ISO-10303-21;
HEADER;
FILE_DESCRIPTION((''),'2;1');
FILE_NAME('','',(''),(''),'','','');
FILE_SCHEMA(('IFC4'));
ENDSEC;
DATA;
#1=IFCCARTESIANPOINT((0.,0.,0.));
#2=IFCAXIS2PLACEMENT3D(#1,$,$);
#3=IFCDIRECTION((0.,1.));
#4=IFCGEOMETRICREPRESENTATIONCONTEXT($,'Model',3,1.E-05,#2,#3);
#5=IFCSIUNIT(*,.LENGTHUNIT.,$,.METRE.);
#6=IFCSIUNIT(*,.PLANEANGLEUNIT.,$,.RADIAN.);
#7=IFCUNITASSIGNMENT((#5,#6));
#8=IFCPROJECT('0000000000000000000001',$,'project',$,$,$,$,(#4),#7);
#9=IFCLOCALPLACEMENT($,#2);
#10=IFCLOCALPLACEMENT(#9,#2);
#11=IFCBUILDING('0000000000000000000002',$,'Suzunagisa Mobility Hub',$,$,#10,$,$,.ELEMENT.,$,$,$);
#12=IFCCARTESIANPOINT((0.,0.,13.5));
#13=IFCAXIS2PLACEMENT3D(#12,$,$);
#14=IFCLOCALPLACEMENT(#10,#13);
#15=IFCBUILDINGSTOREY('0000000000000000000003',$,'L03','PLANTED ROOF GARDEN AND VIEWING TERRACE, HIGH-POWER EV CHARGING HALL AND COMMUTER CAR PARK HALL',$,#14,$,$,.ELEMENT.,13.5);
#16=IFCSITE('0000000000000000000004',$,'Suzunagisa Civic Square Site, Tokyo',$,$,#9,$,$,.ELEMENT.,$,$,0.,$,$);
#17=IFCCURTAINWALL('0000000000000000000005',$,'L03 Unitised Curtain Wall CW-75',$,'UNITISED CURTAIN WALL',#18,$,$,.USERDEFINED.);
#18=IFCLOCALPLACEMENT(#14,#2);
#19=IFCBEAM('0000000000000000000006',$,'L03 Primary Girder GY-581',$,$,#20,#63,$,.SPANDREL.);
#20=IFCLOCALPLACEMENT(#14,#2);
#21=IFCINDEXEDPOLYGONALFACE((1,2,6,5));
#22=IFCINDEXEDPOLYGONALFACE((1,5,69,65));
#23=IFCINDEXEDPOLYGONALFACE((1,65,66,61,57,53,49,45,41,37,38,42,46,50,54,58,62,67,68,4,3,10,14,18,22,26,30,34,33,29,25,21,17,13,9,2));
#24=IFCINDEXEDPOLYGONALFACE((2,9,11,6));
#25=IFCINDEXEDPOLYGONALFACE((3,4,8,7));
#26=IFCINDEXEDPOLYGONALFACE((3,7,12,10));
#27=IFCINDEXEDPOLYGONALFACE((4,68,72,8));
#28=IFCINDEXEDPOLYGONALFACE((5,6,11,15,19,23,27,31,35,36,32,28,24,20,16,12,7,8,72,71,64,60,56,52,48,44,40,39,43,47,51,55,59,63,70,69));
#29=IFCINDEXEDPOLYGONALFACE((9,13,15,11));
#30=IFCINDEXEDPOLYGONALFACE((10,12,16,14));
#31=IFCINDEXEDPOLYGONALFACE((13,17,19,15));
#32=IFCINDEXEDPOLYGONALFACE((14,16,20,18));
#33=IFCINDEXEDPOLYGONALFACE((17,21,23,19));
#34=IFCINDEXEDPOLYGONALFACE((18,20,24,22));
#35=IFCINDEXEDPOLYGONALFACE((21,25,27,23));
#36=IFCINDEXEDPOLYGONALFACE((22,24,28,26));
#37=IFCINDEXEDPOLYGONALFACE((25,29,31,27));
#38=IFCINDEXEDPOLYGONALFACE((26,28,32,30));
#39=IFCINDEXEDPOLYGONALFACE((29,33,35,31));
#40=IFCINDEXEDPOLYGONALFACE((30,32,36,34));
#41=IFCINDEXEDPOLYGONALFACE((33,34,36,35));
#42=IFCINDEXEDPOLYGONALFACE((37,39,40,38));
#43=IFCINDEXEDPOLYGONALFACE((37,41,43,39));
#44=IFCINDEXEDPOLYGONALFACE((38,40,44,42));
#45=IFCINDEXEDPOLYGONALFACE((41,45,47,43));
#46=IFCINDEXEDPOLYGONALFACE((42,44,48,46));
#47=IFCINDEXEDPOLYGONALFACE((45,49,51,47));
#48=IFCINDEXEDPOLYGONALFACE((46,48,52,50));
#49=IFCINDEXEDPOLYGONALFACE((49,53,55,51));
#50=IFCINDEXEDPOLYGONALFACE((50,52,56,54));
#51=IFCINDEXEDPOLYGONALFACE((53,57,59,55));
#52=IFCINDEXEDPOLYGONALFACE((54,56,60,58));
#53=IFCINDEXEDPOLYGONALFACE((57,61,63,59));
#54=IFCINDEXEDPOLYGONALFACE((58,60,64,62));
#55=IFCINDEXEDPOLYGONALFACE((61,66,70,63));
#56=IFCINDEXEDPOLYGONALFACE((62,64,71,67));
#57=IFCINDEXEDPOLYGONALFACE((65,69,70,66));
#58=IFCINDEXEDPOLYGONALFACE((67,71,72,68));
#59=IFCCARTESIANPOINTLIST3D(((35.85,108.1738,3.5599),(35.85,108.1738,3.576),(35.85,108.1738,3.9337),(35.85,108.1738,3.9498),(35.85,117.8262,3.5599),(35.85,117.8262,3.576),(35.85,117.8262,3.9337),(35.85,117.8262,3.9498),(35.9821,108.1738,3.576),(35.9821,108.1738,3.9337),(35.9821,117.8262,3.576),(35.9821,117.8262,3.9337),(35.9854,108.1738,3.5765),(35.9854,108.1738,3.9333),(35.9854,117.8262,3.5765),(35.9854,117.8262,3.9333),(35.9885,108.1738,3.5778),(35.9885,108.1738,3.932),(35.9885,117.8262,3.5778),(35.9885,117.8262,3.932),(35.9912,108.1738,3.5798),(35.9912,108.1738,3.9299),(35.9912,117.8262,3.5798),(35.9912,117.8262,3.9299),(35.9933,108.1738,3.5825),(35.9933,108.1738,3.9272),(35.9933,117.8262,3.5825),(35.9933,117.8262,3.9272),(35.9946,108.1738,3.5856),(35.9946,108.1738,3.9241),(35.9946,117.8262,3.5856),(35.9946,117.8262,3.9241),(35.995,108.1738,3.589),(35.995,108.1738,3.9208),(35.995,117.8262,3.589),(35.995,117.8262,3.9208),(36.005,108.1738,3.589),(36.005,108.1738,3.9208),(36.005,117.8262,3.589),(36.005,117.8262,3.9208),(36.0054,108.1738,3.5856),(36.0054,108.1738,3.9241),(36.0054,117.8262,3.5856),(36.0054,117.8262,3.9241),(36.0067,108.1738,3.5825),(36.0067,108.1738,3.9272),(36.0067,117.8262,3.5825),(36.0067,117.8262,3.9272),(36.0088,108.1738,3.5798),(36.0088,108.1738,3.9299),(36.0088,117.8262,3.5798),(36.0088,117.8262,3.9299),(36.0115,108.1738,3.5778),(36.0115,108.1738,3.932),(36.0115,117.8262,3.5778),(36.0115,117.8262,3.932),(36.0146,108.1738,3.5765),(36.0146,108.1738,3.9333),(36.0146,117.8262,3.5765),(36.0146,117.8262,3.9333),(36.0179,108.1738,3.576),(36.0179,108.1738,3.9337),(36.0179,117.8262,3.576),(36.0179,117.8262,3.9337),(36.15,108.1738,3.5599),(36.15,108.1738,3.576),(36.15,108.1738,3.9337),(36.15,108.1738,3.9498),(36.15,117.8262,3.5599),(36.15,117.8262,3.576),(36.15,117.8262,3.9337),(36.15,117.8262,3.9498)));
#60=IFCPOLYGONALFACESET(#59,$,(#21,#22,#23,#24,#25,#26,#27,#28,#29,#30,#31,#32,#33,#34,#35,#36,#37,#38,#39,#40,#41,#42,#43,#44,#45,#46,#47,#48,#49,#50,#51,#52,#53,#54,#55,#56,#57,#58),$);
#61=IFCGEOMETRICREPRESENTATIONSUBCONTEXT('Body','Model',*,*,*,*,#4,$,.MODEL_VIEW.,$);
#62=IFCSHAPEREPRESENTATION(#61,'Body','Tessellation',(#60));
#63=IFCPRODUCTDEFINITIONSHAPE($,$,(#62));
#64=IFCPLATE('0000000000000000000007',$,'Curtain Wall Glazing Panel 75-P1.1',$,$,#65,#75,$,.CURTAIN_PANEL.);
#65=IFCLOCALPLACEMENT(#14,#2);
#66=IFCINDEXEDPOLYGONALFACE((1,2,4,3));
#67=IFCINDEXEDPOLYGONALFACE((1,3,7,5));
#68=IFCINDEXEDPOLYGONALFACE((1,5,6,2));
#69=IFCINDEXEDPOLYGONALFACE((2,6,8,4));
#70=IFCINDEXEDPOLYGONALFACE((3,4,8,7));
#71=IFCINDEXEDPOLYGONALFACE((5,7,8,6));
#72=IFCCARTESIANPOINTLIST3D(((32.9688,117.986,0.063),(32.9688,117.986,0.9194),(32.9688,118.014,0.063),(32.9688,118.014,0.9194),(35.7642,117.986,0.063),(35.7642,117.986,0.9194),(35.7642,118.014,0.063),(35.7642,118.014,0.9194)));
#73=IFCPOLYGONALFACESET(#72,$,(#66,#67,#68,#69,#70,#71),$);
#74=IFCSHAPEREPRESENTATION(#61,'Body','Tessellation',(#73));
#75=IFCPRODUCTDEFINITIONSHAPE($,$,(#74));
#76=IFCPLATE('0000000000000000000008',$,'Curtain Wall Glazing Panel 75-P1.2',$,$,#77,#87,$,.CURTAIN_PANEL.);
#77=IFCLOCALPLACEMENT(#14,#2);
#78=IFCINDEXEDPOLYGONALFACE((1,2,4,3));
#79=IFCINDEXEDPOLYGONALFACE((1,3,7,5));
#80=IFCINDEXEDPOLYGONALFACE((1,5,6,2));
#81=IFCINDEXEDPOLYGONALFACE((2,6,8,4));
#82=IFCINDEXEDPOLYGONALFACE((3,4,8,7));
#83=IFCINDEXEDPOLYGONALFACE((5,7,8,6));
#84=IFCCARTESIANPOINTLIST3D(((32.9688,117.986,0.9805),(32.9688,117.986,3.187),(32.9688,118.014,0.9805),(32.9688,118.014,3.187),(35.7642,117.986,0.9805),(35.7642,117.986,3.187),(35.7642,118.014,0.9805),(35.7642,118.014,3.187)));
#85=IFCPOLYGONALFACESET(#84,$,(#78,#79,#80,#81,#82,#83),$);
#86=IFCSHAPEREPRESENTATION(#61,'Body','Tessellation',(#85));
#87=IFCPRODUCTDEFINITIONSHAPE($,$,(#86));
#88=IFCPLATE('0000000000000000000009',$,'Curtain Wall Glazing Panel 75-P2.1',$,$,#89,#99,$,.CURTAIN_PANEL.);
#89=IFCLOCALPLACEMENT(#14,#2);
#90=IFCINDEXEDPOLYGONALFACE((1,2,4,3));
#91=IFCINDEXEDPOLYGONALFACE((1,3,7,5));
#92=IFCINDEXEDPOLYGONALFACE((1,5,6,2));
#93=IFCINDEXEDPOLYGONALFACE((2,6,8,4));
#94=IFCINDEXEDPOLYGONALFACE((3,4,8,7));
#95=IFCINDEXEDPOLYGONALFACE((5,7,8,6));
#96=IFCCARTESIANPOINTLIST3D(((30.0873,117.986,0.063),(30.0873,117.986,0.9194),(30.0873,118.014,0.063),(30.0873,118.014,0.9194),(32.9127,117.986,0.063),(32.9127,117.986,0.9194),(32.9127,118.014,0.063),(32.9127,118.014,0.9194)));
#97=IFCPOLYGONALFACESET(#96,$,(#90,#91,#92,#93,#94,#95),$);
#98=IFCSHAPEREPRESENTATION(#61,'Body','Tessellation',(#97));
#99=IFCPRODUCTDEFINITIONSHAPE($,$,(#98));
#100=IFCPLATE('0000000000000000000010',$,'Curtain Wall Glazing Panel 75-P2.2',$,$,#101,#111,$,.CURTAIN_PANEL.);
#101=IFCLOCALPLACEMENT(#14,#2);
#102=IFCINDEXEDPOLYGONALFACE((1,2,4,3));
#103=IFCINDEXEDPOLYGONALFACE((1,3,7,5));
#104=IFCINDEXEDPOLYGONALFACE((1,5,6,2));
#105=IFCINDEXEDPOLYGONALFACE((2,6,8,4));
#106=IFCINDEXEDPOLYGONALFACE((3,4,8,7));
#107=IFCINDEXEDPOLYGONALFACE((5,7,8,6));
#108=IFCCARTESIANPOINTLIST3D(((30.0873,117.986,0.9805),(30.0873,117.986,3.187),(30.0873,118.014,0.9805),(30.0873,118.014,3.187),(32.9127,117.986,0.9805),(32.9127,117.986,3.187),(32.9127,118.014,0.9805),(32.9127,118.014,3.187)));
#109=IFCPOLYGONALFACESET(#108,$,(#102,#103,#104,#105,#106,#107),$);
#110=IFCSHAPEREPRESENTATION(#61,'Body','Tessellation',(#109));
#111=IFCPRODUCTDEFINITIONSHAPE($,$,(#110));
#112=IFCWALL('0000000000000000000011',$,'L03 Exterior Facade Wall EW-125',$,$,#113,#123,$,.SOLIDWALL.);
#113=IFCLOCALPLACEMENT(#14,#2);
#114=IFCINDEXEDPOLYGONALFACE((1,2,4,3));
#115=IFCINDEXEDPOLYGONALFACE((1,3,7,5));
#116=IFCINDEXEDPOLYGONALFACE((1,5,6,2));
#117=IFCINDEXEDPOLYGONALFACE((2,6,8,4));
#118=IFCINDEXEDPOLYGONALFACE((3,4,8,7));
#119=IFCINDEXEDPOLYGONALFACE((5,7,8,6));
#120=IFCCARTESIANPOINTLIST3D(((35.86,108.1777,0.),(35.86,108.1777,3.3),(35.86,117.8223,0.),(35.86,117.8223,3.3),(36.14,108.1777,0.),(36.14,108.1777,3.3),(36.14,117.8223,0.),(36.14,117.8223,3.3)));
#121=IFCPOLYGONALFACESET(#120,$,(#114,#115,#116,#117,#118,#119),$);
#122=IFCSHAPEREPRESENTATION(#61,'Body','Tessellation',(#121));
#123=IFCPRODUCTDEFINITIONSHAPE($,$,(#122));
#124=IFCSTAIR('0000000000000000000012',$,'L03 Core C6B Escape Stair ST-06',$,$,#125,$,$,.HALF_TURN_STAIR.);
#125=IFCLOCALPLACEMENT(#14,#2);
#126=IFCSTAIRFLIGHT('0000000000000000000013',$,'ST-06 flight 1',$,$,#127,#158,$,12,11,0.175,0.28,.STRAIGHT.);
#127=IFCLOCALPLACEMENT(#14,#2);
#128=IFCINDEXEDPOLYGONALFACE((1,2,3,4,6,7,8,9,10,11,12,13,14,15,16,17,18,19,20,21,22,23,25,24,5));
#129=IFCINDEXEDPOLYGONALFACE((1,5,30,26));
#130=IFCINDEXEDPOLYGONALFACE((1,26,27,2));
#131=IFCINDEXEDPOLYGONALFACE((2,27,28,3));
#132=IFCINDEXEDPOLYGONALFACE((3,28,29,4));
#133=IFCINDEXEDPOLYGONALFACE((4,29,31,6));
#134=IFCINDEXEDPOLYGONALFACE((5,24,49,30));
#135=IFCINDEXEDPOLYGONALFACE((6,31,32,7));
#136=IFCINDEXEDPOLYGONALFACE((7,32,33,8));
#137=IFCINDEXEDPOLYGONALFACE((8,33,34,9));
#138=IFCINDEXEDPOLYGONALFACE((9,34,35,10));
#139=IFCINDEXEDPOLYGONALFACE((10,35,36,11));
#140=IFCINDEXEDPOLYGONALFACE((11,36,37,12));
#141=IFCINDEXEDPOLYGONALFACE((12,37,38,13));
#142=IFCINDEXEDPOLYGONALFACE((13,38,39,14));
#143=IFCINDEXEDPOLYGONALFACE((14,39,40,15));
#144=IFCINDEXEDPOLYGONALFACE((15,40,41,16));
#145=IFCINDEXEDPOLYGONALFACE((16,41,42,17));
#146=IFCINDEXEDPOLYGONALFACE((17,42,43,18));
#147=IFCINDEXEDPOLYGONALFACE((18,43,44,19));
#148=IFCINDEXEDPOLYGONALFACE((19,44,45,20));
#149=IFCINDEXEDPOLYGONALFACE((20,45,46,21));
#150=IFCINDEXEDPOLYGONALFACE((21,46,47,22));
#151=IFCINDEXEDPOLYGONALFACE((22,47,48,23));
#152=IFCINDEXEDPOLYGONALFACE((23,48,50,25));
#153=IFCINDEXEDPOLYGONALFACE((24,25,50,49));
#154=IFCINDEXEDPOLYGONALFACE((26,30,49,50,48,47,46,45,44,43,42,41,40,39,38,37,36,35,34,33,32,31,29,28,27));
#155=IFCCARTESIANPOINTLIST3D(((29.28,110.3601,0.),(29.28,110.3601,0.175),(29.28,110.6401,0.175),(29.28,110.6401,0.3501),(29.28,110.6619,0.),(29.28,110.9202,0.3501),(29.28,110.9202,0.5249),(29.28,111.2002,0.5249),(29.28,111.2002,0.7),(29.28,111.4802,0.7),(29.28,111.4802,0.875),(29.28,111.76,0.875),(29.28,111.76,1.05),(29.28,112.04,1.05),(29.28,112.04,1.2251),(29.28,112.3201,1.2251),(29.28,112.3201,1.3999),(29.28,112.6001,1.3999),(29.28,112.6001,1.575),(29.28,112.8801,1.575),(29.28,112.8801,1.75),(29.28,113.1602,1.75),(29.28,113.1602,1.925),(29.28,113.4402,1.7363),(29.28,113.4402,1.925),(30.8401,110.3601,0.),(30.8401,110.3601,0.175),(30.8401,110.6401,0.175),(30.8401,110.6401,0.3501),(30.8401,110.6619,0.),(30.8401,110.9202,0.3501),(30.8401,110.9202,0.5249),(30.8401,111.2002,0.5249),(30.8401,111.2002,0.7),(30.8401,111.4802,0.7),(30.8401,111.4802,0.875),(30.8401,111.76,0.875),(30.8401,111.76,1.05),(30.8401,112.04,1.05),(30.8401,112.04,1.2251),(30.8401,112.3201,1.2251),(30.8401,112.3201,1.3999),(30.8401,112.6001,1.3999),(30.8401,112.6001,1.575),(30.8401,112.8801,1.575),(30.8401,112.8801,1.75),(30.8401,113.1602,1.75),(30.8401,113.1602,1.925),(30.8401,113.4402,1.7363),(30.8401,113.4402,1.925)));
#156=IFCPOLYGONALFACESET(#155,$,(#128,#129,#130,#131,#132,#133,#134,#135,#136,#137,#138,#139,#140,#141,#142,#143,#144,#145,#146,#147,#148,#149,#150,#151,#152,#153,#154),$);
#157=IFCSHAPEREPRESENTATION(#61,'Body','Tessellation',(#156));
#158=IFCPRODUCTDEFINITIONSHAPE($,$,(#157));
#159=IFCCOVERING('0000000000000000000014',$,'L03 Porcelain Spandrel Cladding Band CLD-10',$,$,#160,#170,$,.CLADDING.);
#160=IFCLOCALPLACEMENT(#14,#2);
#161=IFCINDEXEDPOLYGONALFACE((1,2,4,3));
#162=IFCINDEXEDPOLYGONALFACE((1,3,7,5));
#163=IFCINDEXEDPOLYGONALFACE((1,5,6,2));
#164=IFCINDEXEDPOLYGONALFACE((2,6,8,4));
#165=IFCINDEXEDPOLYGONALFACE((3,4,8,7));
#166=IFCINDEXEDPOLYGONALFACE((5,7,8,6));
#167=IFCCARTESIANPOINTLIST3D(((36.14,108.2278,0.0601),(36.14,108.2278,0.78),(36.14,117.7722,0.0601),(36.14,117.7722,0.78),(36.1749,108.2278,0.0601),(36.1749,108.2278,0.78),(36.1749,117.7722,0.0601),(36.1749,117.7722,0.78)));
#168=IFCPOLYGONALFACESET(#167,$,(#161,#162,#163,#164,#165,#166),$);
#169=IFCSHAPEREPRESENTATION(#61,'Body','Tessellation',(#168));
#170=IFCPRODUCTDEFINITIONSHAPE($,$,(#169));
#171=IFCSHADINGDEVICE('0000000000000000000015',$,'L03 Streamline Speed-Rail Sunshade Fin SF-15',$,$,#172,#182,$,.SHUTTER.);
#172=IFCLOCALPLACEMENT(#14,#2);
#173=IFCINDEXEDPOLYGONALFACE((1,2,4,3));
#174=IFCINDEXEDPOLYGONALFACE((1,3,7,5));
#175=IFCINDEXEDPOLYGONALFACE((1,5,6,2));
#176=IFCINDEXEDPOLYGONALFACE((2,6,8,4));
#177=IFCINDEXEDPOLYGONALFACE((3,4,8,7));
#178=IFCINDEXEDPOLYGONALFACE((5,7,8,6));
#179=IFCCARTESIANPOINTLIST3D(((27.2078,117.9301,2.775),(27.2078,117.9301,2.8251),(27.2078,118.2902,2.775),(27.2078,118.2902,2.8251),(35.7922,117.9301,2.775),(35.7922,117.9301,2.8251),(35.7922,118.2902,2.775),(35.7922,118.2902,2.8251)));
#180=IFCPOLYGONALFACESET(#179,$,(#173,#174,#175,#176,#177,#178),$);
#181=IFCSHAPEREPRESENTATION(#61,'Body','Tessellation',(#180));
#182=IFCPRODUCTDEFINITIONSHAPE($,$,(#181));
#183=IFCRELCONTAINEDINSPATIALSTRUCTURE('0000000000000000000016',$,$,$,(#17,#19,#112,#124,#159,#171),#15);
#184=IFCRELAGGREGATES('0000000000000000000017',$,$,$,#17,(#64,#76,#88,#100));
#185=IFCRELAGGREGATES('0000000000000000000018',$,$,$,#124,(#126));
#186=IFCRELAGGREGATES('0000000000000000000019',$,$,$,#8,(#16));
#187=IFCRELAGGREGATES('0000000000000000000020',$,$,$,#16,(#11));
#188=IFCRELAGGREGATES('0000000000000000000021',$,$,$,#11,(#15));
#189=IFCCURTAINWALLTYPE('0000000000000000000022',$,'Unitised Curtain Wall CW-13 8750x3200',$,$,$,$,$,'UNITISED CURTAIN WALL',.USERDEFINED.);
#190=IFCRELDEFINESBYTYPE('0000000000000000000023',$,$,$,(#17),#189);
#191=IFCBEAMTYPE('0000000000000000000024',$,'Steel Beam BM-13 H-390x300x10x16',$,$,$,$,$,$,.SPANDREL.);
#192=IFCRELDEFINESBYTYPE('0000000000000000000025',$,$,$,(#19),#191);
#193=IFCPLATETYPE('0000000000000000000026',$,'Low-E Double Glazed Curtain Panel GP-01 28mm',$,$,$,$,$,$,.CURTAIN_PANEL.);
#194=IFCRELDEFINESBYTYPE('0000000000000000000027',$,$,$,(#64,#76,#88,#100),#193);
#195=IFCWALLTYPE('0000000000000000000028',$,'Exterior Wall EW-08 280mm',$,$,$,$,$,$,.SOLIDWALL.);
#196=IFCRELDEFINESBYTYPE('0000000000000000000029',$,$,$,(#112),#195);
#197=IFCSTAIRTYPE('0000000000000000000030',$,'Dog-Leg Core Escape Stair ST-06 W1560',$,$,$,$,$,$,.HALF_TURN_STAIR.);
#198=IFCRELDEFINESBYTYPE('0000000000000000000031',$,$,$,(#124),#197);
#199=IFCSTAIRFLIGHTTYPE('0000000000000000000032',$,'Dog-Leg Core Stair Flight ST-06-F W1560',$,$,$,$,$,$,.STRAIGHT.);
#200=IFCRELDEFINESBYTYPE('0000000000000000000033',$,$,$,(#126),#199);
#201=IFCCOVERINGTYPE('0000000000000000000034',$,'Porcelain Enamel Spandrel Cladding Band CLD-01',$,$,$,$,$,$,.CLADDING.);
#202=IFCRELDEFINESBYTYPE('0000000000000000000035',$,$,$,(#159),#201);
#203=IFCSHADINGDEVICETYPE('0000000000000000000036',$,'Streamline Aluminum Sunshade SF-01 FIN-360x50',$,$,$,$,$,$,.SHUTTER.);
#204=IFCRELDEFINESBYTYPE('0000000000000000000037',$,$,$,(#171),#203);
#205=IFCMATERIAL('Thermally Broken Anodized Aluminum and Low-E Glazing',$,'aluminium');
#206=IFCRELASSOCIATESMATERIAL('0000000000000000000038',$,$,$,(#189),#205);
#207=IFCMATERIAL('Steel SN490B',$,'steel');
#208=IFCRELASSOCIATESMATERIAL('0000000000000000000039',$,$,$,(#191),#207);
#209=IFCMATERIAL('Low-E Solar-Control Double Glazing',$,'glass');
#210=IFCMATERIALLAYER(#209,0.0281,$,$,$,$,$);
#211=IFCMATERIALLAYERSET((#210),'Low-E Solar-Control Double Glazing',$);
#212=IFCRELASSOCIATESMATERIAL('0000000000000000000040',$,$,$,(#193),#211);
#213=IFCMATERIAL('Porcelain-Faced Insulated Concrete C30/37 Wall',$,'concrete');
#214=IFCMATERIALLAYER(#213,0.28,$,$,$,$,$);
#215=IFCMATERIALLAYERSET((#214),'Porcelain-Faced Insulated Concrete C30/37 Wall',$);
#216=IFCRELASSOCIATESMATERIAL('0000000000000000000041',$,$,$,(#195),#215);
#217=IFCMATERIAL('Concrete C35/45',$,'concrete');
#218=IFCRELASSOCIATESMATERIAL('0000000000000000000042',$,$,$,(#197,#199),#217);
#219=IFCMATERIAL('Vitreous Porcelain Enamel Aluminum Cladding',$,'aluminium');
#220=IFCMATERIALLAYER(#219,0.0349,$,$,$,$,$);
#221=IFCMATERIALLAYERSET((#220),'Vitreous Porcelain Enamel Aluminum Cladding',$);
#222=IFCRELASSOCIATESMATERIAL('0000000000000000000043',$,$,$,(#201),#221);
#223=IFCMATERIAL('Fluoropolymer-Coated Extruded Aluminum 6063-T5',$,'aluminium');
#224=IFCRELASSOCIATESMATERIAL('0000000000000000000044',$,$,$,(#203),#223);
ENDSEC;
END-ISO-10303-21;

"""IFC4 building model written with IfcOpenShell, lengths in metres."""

from ifc_helpers import new_model, si_unit, direction, frame, frame_2d, origin, origin_2d, place, context, subcontext, project, spatial, polyline, rectangle, i_section, outline, extrude, material, layer, layer_set, material_profile, profile_set, type_object, element, aggregate, save


model = new_model("IFC4")

# Units and contexts
model_context = context("Model", 3, precision=1e-05, world=origin(), true_north=direction((0.0, 1.0)))
body_context = subcontext(model_context, "Body", "Model", "MODEL_VIEW")
ifc_project = project(units=[si_unit("LENGTHUNIT", "METRE"), si_unit("PLANEANGLEUNIT", "RADIAN")], contexts=[model_context])

# Site, building, storey
site_placement = place(None, origin())
site = spatial("IfcSite", under=ifc_project, at=site_placement, Name="Suzunagisa Civic Square Site, Tokyo", CompositionType="ELEMENT", RefElevation=0.0)
building_placement = place(site_placement, origin())
building = spatial("IfcBuilding", under=site, at=building_placement, Name="Suzunagisa Mobility Hub", CompositionType="ELEMENT")
storey_placement = place(building_placement, frame((0.0, 0.0, 13.5)))
storey = spatial("IfcBuildingStorey", under=building, at=storey_placement, Name="L03", Description="PLANTED ROOF GARDEN AND VIEWING TERRACE, HIGH-POWER EV CHARGING HALL AND COMMUTER CAR PARK HALL", CompositionType="ELEMENT", Elevation=13.5)

# Shared definitions
ifc_material_1 = material(Name="Steel SN490B", Category="steel")

# Curtain wall
ifc_material_2 = material(Name="Thermally Broken Anodized Aluminum and Low-E Glazing", Category="aluminium")
curtain_wall_type = type_object("IfcCurtainWallType", Name="Unitised Curtain Wall CW-13 8750x3200", ElementType="UNITISED CURTAIN WALL", PredefinedType="USERDEFINED", material=ifc_material_2)
curtain_wall_placement = place(storey_placement, origin())
curtain_wall = element("IfcCurtainWall", 1, at=curtain_wall_placement, inside=storey, type_object=curtain_wall_type, Name="L03 Unitised Curtain Wall CW-75", ObjectType="UNITISED CURTAIN WALL", PredefinedType="USERDEFINED")

# Beam
ifc_material_profile_1 = material_profile(ifc_material_1, i_section(OverallWidth=0.3, OverallDepth=0.3899, WebThickness=0.01, FlangeThickness=0.0161, FilletRadius=0.0129, at=origin_2d()), Name="H-390x300x10x16")
ifc_profile_set_1 = profile_set([ifc_material_profile_1], Name="Steel SN490B")
beam_type = type_object("IfcBeamType", Name="Steel Beam BM-13 H-390x300x10x16", PredefinedType="SPANDREL", material=ifc_profile_set_1)
beam_placement = place(storey_placement, frame((36.0, 108.1738, 3.7549), z_axis=(0.0, 1.0, 0.0), x_axis=(-1.0, 0.0, 0.0)))
element("IfcBeam", 2, at=beam_placement, inside=storey, type_object=beam_type, Name="L03 Primary Girder GY-581", PredefinedType="SPANDREL", context=body_context, shape_type="SweptSolid", body=[
    extrude(i_section(OverallWidth=0.3, OverallDepth=0.3899, WebThickness=0.01, FlangeThickness=0.0161, FilletRadius=0.0129, at=origin_2d()), origin(), (0.0, 0.0, 1.0), 9.6523),
])

# Plates
ifc_material_3 = material(Name="Low-E Solar-Control Double Glazing", Category="glass")
ifc_layer_1 = layer(ifc_material_3, 0.0281)
ifc_layer_set_1 = layer_set([ifc_layer_1], Name="Low-E Solar-Control Double Glazing")
plate_type = type_object("IfcPlateType", Name="Low-E Double Glazed Curtain Panel GP-01 28mm", PredefinedType="CURTAIN_PANEL", material=ifc_layer_set_1)
plate_1_placement = place(storey_placement, frame((34.3665, 118.0, 0.063), z_axis=(0.0, 0.0, 1.0), x_axis=(-1.0, 0.0, 0.0)))
plate_1 = element("IfcPlate", 3, at=plate_1_placement, type_object=plate_type, Name="Curtain Wall Glazing Panel 75-P1.1", PredefinedType="CURTAIN_PANEL", context=body_context, shape_type="SweptSolid", body=[
    extrude(rectangle(XDim=2.7954, YDim=0.0281, at=origin_2d()), origin(), (0.0, 0.0, 1.0), 0.8564),
])
plate_2_placement = place(storey_placement, frame((34.3665, 118.0, 0.9805), z_axis=(0.0, 0.0, 1.0), x_axis=(-1.0, 0.0, 0.0)))
plate_2 = element("IfcPlate", 4, at=plate_2_placement, type_object=plate_type, Name="Curtain Wall Glazing Panel 75-P1.2", PredefinedType="CURTAIN_PANEL", context=body_context, shape_type="SweptSolid", body=[
    extrude(rectangle(XDim=2.7954, YDim=0.0281, at=origin_2d()), origin(), (0.0, 0.0, 1.0), 2.2065),
])
plate_3_placement = place(storey_placement, frame((31.5, 118.0, 0.063), z_axis=(0.0, 0.0, 1.0), x_axis=(-1.0, 0.0, 0.0)))
plate_3 = element("IfcPlate", 5, at=plate_3_placement, type_object=plate_type, Name="Curtain Wall Glazing Panel 75-P2.1", PredefinedType="CURTAIN_PANEL", context=body_context, shape_type="SweptSolid", body=[
    extrude(rectangle(XDim=2.8254, YDim=0.0281, at=origin_2d()), origin(), (0.0, 0.0, 1.0), 0.8564),
])
plate_4_placement = place(storey_placement, frame((31.5, 118.0, 0.9805), z_axis=(0.0, 0.0, 1.0), x_axis=(-1.0, 0.0, 0.0)))
plate_4 = element("IfcPlate", 6, at=plate_4_placement, type_object=plate_type, Name="Curtain Wall Glazing Panel 75-P2.2", PredefinedType="CURTAIN_PANEL", context=body_context, shape_type="SweptSolid", body=[
    extrude(rectangle(XDim=2.8254, YDim=0.0281, at=origin_2d()), origin(), (0.0, 0.0, 1.0), 2.2065),
])
aggregate(curtain_wall, [plate_1, plate_2, plate_3, plate_4])

# Wall
ifc_material_4 = material(Name="Porcelain-Faced Insulated Concrete C30/37 Wall", Category="concrete")
ifc_layer_2 = layer(ifc_material_4, 0.28)
ifc_layer_set_2 = layer_set([ifc_layer_2], Name="Porcelain-Faced Insulated Concrete C30/37 Wall")
wall_type_1 = type_object("IfcWallType", Name="Exterior Wall EW-08 280mm", PredefinedType="SOLIDWALL", material=ifc_layer_set_2)
wall_1_placement = place(storey_placement, frame((36.0, 108.1777, 0.0), z_axis=(0.0, 0.0, 1.0), x_axis=(0.0, 1.0, 0.0)))
element("IfcWall", 7, at=wall_1_placement, inside=storey, type_object=wall_type_1, Name="L03 Exterior Facade Wall EW-125", PredefinedType="SOLIDWALL", context=body_context, shape_type="SweptSolid", body=[
    extrude(rectangle(XDim=9.6445, YDim=0.28, at=frame_2d((4.8223, 0.0))), origin(), (0.0, 0.0, 1.0), 3.3),
])

# Shared definitions
ifc_material_5 = material(Name="Concrete C35/45", Category="concrete")

# Stair, stair flight
stair_type = type_object("IfcStairType", Name="Dog-Leg Core Escape Stair ST-06 W1560", PredefinedType="HALF_TURN_STAIR", material=ifc_material_5)
stair_placement = place(storey_placement, origin())
stair = element("IfcStair", 8, at=stair_placement, inside=storey, type_object=stair_type, Name="L03 Core C6B Escape Stair ST-06", PredefinedType="HALF_TURN_STAIR")
stair_flight_type = type_object("IfcStairFlightType", Name="Dog-Leg Core Stair Flight ST-06-F W1560", PredefinedType="STRAIGHT", material=ifc_material_5)
stair_flight_placement = place(storey_placement, frame((30.0601, 110.3601, 0.0), z_axis=(0.0, 0.0, 1.0), x_axis=(0.0, 1.0, 0.0)))
stair_flight = element("IfcStairFlight", 9, at=stair_flight_placement, type_object=stair_flight_type, Name="ST-06 flight 1", NumberOfRisers=12, NumberOfTreads=11, PredefinedType="STRAIGHT", RiserHeight=0.175, TreadLength=0.28, context=body_context, shape_type="SweptSolid", body=[
    extrude(outline(polyline([(0.0, 0.0), (0.0, 0.175), (0.28, 0.175), (0.28, 0.3501), (0.5601, 0.3501), (0.5601, 0.5249), (0.8401, 0.5249), (0.8401, 0.7), (1.1201, 0.7), (1.1201, 0.875), (1.3999, 0.875), (1.3999, 1.05), (1.6799, 1.05), (1.6799, 1.2251), (1.96, 1.2251), (1.96, 1.3999), (2.24, 1.3999), (2.24, 1.575), (2.52, 1.575), (2.52, 1.75), (2.8, 1.75), (2.8, 1.925), (3.0801, 1.925), (3.0801, 2.1001), (3.0801, 1.7363), (0.3018, 0.0), (0.0, 0.0)])), frame((0.0, 0.78, 0.0), z_axis=(0.0, -1.0, 0.0), x_axis=(1.0, 0.0, 0.0)), (0.0, 0.0, 1.0), 1.5601),
])
aggregate(stair, [stair_flight])

# Covering
ifc_material_6 = material(Name="Vitreous Porcelain Enamel Aluminum Cladding", Category="aluminium")
ifc_layer_3 = layer(ifc_material_6, 0.0349)
ifc_layer_set_3 = layer_set([ifc_layer_3], Name="Vitreous Porcelain Enamel Aluminum Cladding")
covering_type = type_object("IfcCoveringType", Name="Porcelain Enamel Spandrel Cladding Band CLD-01", PredefinedType="CLADDING", material=ifc_layer_set_3)
covering_placement = place(storey_placement, frame((36.1575, 113.0, 0.0601), z_axis=(0.0, 0.0, 1.0), x_axis=(0.0, 1.0, 0.0)))
element("IfcCovering", 10, at=covering_placement, inside=storey, type_object=covering_type, Name="L03 Porcelain Spandrel Cladding Band CLD-10", PredefinedType="CLADDING", context=body_context, shape_type="SweptSolid", body=[
    extrude(rectangle(XDim=9.5444, YDim=0.0349, at=origin_2d()), origin(), (0.0, 0.0, 1.0), 0.72),
])

# Shading device
ifc_material_7 = material(Name="Fluoropolymer-Coated Extruded Aluminum 6063-T5", Category="aluminium")
ifc_material_profile_2 = material_profile(ifc_material_7, rectangle(XDim=0.3601, YDim=0.05, at=origin_2d()), Name="FIN-360x50")
ifc_profile_set_2 = profile_set([ifc_material_profile_2], Name="Fluoropolymer-Coated Extruded Aluminum 6063-T5")
shading_device_type = type_object("IfcShadingDeviceType", Name="Streamline Aluminum Sunshade SF-01 FIN-360x50", PredefinedType="SHUTTER", material=ifc_profile_set_2)
shading_device_placement = place(storey_placement, frame((35.7922, 118.1101, 2.8), z_axis=(-1.0, 0.0, 0.0), x_axis=(0.0, -1.0, 0.0)))
element("IfcShadingDevice", 11, at=shading_device_placement, inside=storey, type_object=shading_device_type, Name="L03 Streamline Speed-Rail Sunshade Fin SF-15", PredefinedType="SHUTTER", context=body_context, shape_type="SweptSolid", body=[
    extrude(rectangle(XDim=0.3601, YDim=0.05, at=origin_2d()), origin(), (0.0, 0.0, 1.0), 8.5845),
])

save(model, "model.ifc")
